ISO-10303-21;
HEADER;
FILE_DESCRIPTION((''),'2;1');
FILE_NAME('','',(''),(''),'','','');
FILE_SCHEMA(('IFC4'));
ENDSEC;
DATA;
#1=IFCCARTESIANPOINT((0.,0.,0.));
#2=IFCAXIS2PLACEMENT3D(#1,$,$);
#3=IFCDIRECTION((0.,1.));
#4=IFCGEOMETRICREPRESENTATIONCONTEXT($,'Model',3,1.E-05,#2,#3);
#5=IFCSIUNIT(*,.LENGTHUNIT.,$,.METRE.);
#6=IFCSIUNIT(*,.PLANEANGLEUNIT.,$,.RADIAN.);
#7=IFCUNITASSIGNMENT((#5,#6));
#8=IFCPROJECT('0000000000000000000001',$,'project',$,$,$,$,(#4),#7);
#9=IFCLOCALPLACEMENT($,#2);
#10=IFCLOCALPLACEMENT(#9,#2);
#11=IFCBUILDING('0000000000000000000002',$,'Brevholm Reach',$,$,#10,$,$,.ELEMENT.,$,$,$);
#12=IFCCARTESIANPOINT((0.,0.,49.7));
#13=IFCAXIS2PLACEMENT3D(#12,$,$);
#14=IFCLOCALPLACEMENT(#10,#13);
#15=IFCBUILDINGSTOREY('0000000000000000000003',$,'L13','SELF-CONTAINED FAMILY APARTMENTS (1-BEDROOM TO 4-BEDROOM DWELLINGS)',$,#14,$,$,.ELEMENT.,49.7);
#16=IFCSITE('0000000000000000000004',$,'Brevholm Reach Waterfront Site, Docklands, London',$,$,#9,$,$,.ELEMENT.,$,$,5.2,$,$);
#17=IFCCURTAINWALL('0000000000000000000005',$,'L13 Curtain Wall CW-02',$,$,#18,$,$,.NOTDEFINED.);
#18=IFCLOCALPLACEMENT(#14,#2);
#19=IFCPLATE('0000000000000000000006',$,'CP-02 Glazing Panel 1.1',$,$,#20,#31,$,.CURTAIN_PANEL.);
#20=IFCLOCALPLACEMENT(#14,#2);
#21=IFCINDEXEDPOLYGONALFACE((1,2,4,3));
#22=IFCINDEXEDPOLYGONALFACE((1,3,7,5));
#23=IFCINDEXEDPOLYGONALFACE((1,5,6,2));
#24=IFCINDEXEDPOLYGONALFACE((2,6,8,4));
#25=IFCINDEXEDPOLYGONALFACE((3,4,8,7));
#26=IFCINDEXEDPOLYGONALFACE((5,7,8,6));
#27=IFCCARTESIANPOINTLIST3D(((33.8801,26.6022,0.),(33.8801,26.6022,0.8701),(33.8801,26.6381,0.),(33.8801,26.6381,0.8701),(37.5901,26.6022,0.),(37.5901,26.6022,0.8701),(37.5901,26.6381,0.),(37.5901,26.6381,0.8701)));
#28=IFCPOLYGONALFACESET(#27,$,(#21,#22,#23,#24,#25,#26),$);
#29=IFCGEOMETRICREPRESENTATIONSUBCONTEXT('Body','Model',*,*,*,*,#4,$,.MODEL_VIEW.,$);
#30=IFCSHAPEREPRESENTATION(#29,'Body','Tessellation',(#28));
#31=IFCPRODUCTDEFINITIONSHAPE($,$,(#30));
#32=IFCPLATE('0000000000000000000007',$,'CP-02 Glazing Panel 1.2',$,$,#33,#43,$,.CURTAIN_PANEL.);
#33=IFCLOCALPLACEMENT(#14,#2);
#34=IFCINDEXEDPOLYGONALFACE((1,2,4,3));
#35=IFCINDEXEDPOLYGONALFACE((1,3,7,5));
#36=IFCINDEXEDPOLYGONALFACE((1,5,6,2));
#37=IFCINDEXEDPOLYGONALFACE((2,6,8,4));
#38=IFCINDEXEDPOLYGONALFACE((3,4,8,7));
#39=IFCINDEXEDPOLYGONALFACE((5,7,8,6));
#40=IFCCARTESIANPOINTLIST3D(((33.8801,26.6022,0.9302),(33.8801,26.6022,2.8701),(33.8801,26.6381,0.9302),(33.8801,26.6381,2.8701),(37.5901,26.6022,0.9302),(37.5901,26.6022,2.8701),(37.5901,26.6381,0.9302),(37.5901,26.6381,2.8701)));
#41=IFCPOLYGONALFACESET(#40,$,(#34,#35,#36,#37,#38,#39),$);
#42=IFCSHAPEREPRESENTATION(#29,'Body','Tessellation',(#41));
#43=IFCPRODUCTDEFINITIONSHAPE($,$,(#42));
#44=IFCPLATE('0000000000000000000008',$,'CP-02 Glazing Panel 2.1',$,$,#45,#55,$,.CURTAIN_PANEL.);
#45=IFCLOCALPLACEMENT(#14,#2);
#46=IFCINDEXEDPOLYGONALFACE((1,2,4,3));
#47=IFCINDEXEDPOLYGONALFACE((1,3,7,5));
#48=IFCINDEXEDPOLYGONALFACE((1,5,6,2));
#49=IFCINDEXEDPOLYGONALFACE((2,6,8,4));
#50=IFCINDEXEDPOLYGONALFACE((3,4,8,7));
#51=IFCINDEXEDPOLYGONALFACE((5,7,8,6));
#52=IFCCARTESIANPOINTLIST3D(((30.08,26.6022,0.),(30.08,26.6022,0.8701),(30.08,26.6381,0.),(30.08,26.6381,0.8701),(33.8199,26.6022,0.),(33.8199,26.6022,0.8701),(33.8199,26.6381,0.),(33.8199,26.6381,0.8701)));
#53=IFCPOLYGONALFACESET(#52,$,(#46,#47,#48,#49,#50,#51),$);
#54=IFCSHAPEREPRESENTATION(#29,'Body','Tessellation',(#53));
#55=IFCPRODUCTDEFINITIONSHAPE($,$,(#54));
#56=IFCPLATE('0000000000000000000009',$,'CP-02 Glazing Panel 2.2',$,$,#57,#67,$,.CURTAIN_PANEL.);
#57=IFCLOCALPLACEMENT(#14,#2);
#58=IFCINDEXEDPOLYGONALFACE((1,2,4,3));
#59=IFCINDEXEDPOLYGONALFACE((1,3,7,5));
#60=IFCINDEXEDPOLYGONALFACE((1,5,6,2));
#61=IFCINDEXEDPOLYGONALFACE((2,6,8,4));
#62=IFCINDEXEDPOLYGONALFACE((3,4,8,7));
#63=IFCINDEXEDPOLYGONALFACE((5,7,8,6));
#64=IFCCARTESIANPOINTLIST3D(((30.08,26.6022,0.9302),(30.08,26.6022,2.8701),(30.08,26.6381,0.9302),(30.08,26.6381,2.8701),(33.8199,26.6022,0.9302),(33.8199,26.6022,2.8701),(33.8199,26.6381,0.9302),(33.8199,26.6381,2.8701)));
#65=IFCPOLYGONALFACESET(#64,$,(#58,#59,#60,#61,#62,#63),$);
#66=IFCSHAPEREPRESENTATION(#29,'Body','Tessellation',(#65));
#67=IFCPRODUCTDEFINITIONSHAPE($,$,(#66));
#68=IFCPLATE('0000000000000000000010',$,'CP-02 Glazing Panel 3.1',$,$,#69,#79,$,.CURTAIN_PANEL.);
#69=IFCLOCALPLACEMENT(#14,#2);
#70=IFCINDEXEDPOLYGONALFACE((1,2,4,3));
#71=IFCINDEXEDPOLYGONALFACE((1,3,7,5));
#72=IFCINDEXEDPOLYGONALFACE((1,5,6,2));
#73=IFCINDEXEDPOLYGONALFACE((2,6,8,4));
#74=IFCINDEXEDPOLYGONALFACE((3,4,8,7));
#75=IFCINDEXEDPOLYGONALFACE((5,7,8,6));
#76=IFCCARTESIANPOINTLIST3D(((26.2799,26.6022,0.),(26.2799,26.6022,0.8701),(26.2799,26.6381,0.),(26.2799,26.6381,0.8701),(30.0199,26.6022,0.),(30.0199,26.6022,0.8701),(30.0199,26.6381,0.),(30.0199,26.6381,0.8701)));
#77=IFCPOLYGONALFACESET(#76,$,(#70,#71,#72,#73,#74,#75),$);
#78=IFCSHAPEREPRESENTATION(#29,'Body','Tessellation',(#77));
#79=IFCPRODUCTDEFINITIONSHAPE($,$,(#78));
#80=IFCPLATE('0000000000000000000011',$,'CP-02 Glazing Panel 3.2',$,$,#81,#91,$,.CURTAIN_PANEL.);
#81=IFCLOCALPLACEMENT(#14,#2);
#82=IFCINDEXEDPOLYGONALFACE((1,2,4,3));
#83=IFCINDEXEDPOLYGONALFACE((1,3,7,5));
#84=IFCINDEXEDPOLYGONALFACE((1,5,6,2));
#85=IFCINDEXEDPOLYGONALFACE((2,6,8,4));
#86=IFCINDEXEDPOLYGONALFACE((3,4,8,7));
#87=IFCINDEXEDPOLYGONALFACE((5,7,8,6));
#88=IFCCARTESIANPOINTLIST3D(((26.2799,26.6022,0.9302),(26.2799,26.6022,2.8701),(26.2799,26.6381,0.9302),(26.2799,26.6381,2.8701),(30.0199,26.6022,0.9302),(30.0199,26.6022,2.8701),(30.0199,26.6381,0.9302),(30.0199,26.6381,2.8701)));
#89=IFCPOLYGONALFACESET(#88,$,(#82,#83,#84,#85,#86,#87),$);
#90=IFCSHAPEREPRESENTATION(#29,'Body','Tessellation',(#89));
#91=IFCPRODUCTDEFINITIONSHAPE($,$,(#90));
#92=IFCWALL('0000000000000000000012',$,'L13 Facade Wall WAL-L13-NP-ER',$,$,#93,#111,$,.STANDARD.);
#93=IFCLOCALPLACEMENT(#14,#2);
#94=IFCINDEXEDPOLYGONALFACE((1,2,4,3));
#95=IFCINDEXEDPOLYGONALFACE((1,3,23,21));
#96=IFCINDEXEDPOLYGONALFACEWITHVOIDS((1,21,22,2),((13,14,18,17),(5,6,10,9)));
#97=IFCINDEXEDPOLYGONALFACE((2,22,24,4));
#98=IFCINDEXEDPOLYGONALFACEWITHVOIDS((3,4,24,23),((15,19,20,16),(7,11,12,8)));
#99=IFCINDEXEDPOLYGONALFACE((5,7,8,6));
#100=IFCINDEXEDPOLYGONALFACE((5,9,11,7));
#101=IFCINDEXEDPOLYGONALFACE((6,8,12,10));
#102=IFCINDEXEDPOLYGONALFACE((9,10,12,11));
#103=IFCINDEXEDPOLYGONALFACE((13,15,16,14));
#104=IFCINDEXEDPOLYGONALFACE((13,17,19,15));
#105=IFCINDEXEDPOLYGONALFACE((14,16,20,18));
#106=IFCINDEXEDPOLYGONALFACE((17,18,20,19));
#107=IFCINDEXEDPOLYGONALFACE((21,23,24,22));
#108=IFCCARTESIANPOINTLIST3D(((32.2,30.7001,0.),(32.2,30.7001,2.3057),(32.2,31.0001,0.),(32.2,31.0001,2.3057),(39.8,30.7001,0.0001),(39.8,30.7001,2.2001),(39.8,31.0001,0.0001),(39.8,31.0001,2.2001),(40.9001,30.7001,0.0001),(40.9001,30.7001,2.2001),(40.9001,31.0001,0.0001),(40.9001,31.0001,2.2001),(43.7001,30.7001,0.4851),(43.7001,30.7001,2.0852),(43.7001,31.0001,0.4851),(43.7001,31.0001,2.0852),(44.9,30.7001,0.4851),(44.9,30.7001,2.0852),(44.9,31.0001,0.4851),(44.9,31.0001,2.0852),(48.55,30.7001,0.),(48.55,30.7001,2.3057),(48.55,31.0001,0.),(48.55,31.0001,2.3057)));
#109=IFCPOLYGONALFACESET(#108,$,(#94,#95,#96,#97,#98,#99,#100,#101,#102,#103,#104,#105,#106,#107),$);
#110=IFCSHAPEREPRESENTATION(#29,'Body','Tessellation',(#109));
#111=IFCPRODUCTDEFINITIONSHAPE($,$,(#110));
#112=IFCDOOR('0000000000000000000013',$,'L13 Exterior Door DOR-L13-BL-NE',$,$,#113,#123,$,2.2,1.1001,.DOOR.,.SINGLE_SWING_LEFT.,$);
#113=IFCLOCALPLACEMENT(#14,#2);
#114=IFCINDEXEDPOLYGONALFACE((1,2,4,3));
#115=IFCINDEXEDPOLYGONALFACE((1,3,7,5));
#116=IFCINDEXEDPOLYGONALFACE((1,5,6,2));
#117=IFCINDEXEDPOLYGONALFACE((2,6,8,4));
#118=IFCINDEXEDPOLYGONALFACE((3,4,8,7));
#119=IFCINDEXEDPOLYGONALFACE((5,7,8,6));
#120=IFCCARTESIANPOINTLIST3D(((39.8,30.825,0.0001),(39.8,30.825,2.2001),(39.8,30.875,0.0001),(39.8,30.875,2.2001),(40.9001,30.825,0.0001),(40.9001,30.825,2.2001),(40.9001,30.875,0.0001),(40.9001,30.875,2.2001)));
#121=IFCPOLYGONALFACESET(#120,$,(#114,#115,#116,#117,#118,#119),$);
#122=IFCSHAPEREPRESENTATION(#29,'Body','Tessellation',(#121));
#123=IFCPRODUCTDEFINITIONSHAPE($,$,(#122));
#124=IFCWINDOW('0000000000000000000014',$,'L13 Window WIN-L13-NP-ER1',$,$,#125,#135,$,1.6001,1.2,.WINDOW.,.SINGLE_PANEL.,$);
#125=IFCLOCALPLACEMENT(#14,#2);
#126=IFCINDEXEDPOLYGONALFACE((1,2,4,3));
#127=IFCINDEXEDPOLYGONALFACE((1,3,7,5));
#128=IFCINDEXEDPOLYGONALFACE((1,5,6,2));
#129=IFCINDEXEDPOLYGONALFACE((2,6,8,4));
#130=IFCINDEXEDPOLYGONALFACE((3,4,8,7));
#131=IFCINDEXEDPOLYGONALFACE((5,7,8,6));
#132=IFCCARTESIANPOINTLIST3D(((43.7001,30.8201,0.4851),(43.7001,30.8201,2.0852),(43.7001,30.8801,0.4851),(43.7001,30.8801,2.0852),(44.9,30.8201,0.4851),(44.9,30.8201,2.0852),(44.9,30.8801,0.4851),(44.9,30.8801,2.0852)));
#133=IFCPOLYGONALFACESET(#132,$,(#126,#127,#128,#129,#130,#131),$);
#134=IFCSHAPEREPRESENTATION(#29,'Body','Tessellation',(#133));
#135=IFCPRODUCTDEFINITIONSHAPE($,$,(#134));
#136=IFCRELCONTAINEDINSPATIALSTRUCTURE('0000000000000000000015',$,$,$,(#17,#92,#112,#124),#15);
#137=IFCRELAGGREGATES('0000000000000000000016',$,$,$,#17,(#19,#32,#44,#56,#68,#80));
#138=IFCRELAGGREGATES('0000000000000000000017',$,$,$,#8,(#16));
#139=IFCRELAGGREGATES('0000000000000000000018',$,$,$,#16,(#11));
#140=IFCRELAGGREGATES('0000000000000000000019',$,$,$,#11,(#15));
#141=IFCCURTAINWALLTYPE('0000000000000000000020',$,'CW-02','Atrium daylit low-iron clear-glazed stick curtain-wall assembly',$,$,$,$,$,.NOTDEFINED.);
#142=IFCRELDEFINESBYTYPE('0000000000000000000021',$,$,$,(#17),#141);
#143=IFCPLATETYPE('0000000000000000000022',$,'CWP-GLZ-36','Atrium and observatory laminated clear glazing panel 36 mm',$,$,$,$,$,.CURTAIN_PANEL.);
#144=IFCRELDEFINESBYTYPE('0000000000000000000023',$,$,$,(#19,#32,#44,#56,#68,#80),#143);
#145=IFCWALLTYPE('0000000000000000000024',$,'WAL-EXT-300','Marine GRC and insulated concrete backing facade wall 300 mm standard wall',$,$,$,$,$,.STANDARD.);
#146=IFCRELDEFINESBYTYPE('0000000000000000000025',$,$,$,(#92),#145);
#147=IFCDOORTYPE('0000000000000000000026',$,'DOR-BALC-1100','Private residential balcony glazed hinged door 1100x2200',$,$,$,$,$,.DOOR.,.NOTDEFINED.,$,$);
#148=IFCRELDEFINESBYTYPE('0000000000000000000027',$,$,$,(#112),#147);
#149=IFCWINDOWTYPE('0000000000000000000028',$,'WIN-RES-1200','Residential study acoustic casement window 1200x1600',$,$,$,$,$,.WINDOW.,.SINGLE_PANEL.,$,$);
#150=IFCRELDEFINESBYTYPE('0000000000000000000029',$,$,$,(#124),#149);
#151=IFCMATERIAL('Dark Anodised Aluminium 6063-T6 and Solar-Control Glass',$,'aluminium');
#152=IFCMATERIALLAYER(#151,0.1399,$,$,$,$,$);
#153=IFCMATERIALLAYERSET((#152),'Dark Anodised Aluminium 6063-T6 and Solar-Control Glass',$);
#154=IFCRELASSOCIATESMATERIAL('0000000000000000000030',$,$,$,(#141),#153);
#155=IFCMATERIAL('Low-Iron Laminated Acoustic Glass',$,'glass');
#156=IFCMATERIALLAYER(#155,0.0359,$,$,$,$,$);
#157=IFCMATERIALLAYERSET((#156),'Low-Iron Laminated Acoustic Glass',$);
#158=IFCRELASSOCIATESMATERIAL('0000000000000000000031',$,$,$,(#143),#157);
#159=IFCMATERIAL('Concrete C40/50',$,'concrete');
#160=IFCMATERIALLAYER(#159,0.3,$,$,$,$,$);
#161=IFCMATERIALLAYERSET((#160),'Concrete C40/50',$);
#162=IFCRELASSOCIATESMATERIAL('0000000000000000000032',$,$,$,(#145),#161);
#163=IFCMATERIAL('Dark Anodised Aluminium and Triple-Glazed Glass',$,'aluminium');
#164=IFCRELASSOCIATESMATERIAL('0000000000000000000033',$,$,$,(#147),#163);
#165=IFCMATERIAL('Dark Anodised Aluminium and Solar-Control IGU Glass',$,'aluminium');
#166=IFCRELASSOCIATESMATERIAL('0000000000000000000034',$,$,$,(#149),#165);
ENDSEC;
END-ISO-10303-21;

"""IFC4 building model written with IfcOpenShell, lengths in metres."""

from ifc_helpers import new_model, si_unit, direction, frame, frame_2d, origin, origin_2d, place, context, subcontext, project, spatial, rectangle, extrude, material, layer, layer_set, type_object, element, fill, aggregate, save


model = new_model("IFC4")

# Units and contexts
model_context = context("Model", 3, precision=1e-05, world=origin(), true_north=direction((0.0, 1.0)))
body_context = subcontext(model_context, "Body", "Model", "MODEL_VIEW")
ifc_project = project(units=[si_unit("LENGTHUNIT", "METRE"), si_unit("PLANEANGLEUNIT", "RADIAN")], contexts=[model_context])

# Site, building, storey
site_placement = place(None, origin())
site = spatial("IfcSite", under=ifc_project, at=site_placement, Name="Brevholm Reach Waterfront Site, Docklands, London", CompositionType="ELEMENT", RefElevation=5.2)
building_placement = place(site_placement, origin())
building = spatial("IfcBuilding", under=site, at=building_placement, Name="Brevholm Reach", CompositionType="ELEMENT")
storey_placement = place(building_placement, frame((0.0, 0.0, 49.7)))
storey = spatial("IfcBuildingStorey", under=building, at=storey_placement, Name="L13", Description="SELF-CONTAINED FAMILY APARTMENTS (1-BEDROOM TO 4-BEDROOM DWELLINGS)", CompositionType="ELEMENT", Elevation=49.7)

# Curtain wall
ifc_material_1 = material(Name="Dark Anodised Aluminium 6063-T6 and Solar-Control Glass", Category="aluminium")
ifc_layer_1 = layer(ifc_material_1, 0.1399)
ifc_layer_set_1 = layer_set([ifc_layer_1], Name="Dark Anodised Aluminium 6063-T6 and Solar-Control Glass")
curtain_wall_type_1 = type_object("IfcCurtainWallType", Name="CW-02", Description="Atrium daylit low-iron clear-glazed stick curtain-wall assembly", PredefinedType="NOTDEFINED", material=ifc_layer_set_1)
curtain_wall_1_placement = place(storey_placement, origin())
curtain_wall_1 = element("IfcCurtainWall", 1, at=curtain_wall_1_placement, inside=storey, type_object=curtain_wall_type_1, Name="L13 Curtain Wall CW-02", PredefinedType="NOTDEFINED")

# Plates
ifc_material_2 = material(Name="Low-Iron Laminated Acoustic Glass", Category="glass")
ifc_layer_2 = layer(ifc_material_2, 0.0359)
ifc_layer_set_2 = layer_set([ifc_layer_2], Name="Low-Iron Laminated Acoustic Glass")
plate_type_1 = type_object("IfcPlateType", Name="CWP-GLZ-36", Description="Atrium and observatory laminated clear glazing panel 36 mm", PredefinedType="CURTAIN_PANEL", material=ifc_layer_set_2)
plate_1_placement = place(storey_placement, frame((35.7351, 26.6201, 0.0), z_axis=(0.0, 0.0, 1.0), x_axis=(-1.0, 0.0, 0.0)))
plate_1 = element("IfcPlate", 2, at=plate_1_placement, type_object=plate_type_1, Name="CP-02 Glazing Panel 1.1", PredefinedType="CURTAIN_PANEL", context=body_context, shape_type="SweptSolid", body=[
    extrude(rectangle(XDim=3.71, YDim=0.0359, at=origin_2d()), origin(), (0.0, 0.0, 1.0), 0.8701),
])
plate_2_placement = place(storey_placement, frame((35.7351, 26.6201, 0.9302), z_axis=(0.0, 0.0, 1.0), x_axis=(-1.0, 0.0, 0.0)))
plate_2 = element("IfcPlate", 3, at=plate_2_placement, type_object=plate_type_1, Name="CP-02 Glazing Panel 1.2", PredefinedType="CURTAIN_PANEL", context=body_context, shape_type="SweptSolid", body=[
    extrude(rectangle(XDim=3.71, YDim=0.0359, at=origin_2d()), origin(), (0.0, 0.0, 1.0), 1.9399),
])
plate_3_placement = place(storey_placement, frame((31.95, 26.6201, 0.0), z_axis=(0.0, 0.0, 1.0), x_axis=(-1.0, 0.0, 0.0)))
plate_3 = element("IfcPlate", 4, at=plate_3_placement, type_object=plate_type_1, Name="CP-02 Glazing Panel 2.1", PredefinedType="CURTAIN_PANEL", context=body_context, shape_type="SweptSolid", body=[
    extrude(rectangle(XDim=3.74, YDim=0.0359, at=origin_2d()), origin(), (0.0, 0.0, 1.0), 0.8701),
])
plate_4_placement = place(storey_placement, frame((31.95, 26.6201, 0.9302), z_axis=(0.0, 0.0, 1.0), x_axis=(-1.0, 0.0, 0.0)))
plate_4 = element("IfcPlate", 5, at=plate_4_placement, type_object=plate_type_1, Name="CP-02 Glazing Panel 2.2", PredefinedType="CURTAIN_PANEL", context=body_context, shape_type="SweptSolid", body=[
    extrude(rectangle(XDim=3.74, YDim=0.0359, at=origin_2d()), origin(), (0.0, 0.0, 1.0), 1.9399),
])
plate_5_placement = place(storey_placement, frame((28.1499, 26.6201, 0.0), z_axis=(0.0, 0.0, 1.0), x_axis=(-1.0, 0.0, 0.0)))
plate_5 = element("IfcPlate", 6, at=plate_5_placement, type_object=plate_type_1, Name="CP-02 Glazing Panel 3.1", PredefinedType="CURTAIN_PANEL", context=body_context, shape_type="SweptSolid", body=[
    extrude(rectangle(XDim=3.74, YDim=0.0359, at=origin_2d()), origin(), (0.0, 0.0, 1.0), 0.8701),
])
plate_6_placement = place(storey_placement, frame((28.1499, 26.6201, 0.9302), z_axis=(0.0, 0.0, 1.0), x_axis=(-1.0, 0.0, 0.0)))
plate_6 = element("IfcPlate", 7, at=plate_6_placement, type_object=plate_type_1, Name="CP-02 Glazing Panel 3.2", PredefinedType="CURTAIN_PANEL", context=body_context, shape_type="SweptSolid", body=[
    extrude(rectangle(XDim=3.74, YDim=0.0359, at=origin_2d()), origin(), (0.0, 0.0, 1.0), 1.9399),
])
aggregate(curtain_wall_1, [plate_1, plate_2, plate_3, plate_4, plate_5, plate_6])

# Wall, openings, door, window
ifc_material_3 = material(Name="Concrete C40/50", Category="concrete")
ifc_layer_3 = layer(ifc_material_3, 0.3)
ifc_layer_set_3 = layer_set([ifc_layer_3], Name="Concrete C40/50")
wall_type = type_object("IfcWallType", Name="WAL-EXT-300", Description="Marine GRC and insulated concrete backing facade wall 300 mm standard wall", PredefinedType="STANDARD", material=ifc_layer_set_3)
wall_placement = place(storey_placement, frame((32.2, 30.8501, 0.0), z_axis=(0.0, 0.0, 1.0), x_axis=(1.0, 0.0, 0.0)))
wall = element("IfcWall", 8, at=wall_placement, inside=storey, type_object=wall_type, Name="L13 Facade Wall WAL-L13-NP-ER", PredefinedType="STANDARD", context=body_context, shape_type="SweptSolid", body=[
    extrude(rectangle(XDim=16.3501, YDim=0.3, at=frame_2d((8.175, 0.0))), origin(), (0.0, 0.0, 1.0), 2.3057),
])
opening_1_placement = place(wall_placement, frame((7.6001, 0.0, 0.0)))
opening_1 = element("IfcOpeningElement", 9, at=opening_1_placement, cuts=wall, PredefinedType="OPENING", context=body_context, shape_type="SweptSolid", body=[
    extrude(rectangle(XDim=1.1001, YDim=2.2, at=frame_2d((0.55, 1.1001))), frame((0.0, 0.1599, 0.0), z_axis=(0.0, -1.0, 0.0), x_axis=(1.0, 0.0, 0.0)), (0.0, 0.0, 1.0), 0.3201),
])
opening_2_placement = place(wall_placement, frame((11.5, 0.0, 0.4851)))
opening_2 = element("IfcOpeningElement", 10, at=opening_2_placement, cuts=wall, PredefinedType="OPENING", context=body_context, shape_type="SweptSolid", body=[
    extrude(rectangle(XDim=1.2, YDim=1.6001, at=frame_2d((0.6001, 0.8))), frame((0.0, 0.1599, 0.0), z_axis=(0.0, -1.0, 0.0), x_axis=(1.0, 0.0, 0.0)), (0.0, 0.0, 1.0), 0.3201),
])
ifc_material_4 = material(Name="Dark Anodised Aluminium and Triple-Glazed Glass", Category="aluminium")
door_type = type_object("IfcDoorType", Name="DOR-BALC-1100", Description="Private residential balcony glazed hinged door 1100x2200", OperationType="NOTDEFINED", PredefinedType="DOOR", material=ifc_material_4)
door_placement = place(opening_1_placement, origin())
door = element("IfcDoor", 11, at=door_placement, inside=storey, type_object=door_type, Name="L13 Exterior Door DOR-L13-BL-NE", OperationType="SINGLE_SWING_LEFT", OverallHeight=2.2, OverallWidth=1.1001, PredefinedType="DOOR", context=body_context, shape_type="SweptSolid", body=[
    extrude(rectangle(XDim=1.1001, YDim=2.2, at=frame_2d((0.55, 1.1001))), frame((0.0, 0.0249, 0.0), z_axis=(0.0, -1.0, 0.0), x_axis=(1.0, 0.0, 0.0)), (0.0, 0.0, 1.0), 0.05),
])
fill(opening_1, door)
ifc_material_5 = material(Name="Dark Anodised Aluminium and Solar-Control IGU Glass", Category="aluminium")
window_type = type_object("IfcWindowType", Name="WIN-RES-1200", Description="Residential study acoustic casement window 1200x1600", PartitioningType="SINGLE_PANEL", PredefinedType="WINDOW", material=ifc_material_5)
window_placement = place(opening_2_placement, origin())
window = element("IfcWindow", 12, at=window_placement, inside=storey, type_object=window_type, Name="L13 Window WIN-L13-NP-ER1", OverallHeight=1.6001, OverallWidth=1.2, PartitioningType="SINGLE_PANEL", PredefinedType="WINDOW", context=body_context, shape_type="SweptSolid", body=[
    extrude(rectangle(XDim=1.2, YDim=1.6001, at=frame_2d((0.6001, 0.8))), frame((0.0, 0.03, 0.0), z_axis=(0.0, -1.0, 0.0), x_axis=(1.0, 0.0, 0.0)), (0.0, 0.0, 1.0), 0.0601),
])
fill(opening_2, window)

save(model, "model.ifc")
